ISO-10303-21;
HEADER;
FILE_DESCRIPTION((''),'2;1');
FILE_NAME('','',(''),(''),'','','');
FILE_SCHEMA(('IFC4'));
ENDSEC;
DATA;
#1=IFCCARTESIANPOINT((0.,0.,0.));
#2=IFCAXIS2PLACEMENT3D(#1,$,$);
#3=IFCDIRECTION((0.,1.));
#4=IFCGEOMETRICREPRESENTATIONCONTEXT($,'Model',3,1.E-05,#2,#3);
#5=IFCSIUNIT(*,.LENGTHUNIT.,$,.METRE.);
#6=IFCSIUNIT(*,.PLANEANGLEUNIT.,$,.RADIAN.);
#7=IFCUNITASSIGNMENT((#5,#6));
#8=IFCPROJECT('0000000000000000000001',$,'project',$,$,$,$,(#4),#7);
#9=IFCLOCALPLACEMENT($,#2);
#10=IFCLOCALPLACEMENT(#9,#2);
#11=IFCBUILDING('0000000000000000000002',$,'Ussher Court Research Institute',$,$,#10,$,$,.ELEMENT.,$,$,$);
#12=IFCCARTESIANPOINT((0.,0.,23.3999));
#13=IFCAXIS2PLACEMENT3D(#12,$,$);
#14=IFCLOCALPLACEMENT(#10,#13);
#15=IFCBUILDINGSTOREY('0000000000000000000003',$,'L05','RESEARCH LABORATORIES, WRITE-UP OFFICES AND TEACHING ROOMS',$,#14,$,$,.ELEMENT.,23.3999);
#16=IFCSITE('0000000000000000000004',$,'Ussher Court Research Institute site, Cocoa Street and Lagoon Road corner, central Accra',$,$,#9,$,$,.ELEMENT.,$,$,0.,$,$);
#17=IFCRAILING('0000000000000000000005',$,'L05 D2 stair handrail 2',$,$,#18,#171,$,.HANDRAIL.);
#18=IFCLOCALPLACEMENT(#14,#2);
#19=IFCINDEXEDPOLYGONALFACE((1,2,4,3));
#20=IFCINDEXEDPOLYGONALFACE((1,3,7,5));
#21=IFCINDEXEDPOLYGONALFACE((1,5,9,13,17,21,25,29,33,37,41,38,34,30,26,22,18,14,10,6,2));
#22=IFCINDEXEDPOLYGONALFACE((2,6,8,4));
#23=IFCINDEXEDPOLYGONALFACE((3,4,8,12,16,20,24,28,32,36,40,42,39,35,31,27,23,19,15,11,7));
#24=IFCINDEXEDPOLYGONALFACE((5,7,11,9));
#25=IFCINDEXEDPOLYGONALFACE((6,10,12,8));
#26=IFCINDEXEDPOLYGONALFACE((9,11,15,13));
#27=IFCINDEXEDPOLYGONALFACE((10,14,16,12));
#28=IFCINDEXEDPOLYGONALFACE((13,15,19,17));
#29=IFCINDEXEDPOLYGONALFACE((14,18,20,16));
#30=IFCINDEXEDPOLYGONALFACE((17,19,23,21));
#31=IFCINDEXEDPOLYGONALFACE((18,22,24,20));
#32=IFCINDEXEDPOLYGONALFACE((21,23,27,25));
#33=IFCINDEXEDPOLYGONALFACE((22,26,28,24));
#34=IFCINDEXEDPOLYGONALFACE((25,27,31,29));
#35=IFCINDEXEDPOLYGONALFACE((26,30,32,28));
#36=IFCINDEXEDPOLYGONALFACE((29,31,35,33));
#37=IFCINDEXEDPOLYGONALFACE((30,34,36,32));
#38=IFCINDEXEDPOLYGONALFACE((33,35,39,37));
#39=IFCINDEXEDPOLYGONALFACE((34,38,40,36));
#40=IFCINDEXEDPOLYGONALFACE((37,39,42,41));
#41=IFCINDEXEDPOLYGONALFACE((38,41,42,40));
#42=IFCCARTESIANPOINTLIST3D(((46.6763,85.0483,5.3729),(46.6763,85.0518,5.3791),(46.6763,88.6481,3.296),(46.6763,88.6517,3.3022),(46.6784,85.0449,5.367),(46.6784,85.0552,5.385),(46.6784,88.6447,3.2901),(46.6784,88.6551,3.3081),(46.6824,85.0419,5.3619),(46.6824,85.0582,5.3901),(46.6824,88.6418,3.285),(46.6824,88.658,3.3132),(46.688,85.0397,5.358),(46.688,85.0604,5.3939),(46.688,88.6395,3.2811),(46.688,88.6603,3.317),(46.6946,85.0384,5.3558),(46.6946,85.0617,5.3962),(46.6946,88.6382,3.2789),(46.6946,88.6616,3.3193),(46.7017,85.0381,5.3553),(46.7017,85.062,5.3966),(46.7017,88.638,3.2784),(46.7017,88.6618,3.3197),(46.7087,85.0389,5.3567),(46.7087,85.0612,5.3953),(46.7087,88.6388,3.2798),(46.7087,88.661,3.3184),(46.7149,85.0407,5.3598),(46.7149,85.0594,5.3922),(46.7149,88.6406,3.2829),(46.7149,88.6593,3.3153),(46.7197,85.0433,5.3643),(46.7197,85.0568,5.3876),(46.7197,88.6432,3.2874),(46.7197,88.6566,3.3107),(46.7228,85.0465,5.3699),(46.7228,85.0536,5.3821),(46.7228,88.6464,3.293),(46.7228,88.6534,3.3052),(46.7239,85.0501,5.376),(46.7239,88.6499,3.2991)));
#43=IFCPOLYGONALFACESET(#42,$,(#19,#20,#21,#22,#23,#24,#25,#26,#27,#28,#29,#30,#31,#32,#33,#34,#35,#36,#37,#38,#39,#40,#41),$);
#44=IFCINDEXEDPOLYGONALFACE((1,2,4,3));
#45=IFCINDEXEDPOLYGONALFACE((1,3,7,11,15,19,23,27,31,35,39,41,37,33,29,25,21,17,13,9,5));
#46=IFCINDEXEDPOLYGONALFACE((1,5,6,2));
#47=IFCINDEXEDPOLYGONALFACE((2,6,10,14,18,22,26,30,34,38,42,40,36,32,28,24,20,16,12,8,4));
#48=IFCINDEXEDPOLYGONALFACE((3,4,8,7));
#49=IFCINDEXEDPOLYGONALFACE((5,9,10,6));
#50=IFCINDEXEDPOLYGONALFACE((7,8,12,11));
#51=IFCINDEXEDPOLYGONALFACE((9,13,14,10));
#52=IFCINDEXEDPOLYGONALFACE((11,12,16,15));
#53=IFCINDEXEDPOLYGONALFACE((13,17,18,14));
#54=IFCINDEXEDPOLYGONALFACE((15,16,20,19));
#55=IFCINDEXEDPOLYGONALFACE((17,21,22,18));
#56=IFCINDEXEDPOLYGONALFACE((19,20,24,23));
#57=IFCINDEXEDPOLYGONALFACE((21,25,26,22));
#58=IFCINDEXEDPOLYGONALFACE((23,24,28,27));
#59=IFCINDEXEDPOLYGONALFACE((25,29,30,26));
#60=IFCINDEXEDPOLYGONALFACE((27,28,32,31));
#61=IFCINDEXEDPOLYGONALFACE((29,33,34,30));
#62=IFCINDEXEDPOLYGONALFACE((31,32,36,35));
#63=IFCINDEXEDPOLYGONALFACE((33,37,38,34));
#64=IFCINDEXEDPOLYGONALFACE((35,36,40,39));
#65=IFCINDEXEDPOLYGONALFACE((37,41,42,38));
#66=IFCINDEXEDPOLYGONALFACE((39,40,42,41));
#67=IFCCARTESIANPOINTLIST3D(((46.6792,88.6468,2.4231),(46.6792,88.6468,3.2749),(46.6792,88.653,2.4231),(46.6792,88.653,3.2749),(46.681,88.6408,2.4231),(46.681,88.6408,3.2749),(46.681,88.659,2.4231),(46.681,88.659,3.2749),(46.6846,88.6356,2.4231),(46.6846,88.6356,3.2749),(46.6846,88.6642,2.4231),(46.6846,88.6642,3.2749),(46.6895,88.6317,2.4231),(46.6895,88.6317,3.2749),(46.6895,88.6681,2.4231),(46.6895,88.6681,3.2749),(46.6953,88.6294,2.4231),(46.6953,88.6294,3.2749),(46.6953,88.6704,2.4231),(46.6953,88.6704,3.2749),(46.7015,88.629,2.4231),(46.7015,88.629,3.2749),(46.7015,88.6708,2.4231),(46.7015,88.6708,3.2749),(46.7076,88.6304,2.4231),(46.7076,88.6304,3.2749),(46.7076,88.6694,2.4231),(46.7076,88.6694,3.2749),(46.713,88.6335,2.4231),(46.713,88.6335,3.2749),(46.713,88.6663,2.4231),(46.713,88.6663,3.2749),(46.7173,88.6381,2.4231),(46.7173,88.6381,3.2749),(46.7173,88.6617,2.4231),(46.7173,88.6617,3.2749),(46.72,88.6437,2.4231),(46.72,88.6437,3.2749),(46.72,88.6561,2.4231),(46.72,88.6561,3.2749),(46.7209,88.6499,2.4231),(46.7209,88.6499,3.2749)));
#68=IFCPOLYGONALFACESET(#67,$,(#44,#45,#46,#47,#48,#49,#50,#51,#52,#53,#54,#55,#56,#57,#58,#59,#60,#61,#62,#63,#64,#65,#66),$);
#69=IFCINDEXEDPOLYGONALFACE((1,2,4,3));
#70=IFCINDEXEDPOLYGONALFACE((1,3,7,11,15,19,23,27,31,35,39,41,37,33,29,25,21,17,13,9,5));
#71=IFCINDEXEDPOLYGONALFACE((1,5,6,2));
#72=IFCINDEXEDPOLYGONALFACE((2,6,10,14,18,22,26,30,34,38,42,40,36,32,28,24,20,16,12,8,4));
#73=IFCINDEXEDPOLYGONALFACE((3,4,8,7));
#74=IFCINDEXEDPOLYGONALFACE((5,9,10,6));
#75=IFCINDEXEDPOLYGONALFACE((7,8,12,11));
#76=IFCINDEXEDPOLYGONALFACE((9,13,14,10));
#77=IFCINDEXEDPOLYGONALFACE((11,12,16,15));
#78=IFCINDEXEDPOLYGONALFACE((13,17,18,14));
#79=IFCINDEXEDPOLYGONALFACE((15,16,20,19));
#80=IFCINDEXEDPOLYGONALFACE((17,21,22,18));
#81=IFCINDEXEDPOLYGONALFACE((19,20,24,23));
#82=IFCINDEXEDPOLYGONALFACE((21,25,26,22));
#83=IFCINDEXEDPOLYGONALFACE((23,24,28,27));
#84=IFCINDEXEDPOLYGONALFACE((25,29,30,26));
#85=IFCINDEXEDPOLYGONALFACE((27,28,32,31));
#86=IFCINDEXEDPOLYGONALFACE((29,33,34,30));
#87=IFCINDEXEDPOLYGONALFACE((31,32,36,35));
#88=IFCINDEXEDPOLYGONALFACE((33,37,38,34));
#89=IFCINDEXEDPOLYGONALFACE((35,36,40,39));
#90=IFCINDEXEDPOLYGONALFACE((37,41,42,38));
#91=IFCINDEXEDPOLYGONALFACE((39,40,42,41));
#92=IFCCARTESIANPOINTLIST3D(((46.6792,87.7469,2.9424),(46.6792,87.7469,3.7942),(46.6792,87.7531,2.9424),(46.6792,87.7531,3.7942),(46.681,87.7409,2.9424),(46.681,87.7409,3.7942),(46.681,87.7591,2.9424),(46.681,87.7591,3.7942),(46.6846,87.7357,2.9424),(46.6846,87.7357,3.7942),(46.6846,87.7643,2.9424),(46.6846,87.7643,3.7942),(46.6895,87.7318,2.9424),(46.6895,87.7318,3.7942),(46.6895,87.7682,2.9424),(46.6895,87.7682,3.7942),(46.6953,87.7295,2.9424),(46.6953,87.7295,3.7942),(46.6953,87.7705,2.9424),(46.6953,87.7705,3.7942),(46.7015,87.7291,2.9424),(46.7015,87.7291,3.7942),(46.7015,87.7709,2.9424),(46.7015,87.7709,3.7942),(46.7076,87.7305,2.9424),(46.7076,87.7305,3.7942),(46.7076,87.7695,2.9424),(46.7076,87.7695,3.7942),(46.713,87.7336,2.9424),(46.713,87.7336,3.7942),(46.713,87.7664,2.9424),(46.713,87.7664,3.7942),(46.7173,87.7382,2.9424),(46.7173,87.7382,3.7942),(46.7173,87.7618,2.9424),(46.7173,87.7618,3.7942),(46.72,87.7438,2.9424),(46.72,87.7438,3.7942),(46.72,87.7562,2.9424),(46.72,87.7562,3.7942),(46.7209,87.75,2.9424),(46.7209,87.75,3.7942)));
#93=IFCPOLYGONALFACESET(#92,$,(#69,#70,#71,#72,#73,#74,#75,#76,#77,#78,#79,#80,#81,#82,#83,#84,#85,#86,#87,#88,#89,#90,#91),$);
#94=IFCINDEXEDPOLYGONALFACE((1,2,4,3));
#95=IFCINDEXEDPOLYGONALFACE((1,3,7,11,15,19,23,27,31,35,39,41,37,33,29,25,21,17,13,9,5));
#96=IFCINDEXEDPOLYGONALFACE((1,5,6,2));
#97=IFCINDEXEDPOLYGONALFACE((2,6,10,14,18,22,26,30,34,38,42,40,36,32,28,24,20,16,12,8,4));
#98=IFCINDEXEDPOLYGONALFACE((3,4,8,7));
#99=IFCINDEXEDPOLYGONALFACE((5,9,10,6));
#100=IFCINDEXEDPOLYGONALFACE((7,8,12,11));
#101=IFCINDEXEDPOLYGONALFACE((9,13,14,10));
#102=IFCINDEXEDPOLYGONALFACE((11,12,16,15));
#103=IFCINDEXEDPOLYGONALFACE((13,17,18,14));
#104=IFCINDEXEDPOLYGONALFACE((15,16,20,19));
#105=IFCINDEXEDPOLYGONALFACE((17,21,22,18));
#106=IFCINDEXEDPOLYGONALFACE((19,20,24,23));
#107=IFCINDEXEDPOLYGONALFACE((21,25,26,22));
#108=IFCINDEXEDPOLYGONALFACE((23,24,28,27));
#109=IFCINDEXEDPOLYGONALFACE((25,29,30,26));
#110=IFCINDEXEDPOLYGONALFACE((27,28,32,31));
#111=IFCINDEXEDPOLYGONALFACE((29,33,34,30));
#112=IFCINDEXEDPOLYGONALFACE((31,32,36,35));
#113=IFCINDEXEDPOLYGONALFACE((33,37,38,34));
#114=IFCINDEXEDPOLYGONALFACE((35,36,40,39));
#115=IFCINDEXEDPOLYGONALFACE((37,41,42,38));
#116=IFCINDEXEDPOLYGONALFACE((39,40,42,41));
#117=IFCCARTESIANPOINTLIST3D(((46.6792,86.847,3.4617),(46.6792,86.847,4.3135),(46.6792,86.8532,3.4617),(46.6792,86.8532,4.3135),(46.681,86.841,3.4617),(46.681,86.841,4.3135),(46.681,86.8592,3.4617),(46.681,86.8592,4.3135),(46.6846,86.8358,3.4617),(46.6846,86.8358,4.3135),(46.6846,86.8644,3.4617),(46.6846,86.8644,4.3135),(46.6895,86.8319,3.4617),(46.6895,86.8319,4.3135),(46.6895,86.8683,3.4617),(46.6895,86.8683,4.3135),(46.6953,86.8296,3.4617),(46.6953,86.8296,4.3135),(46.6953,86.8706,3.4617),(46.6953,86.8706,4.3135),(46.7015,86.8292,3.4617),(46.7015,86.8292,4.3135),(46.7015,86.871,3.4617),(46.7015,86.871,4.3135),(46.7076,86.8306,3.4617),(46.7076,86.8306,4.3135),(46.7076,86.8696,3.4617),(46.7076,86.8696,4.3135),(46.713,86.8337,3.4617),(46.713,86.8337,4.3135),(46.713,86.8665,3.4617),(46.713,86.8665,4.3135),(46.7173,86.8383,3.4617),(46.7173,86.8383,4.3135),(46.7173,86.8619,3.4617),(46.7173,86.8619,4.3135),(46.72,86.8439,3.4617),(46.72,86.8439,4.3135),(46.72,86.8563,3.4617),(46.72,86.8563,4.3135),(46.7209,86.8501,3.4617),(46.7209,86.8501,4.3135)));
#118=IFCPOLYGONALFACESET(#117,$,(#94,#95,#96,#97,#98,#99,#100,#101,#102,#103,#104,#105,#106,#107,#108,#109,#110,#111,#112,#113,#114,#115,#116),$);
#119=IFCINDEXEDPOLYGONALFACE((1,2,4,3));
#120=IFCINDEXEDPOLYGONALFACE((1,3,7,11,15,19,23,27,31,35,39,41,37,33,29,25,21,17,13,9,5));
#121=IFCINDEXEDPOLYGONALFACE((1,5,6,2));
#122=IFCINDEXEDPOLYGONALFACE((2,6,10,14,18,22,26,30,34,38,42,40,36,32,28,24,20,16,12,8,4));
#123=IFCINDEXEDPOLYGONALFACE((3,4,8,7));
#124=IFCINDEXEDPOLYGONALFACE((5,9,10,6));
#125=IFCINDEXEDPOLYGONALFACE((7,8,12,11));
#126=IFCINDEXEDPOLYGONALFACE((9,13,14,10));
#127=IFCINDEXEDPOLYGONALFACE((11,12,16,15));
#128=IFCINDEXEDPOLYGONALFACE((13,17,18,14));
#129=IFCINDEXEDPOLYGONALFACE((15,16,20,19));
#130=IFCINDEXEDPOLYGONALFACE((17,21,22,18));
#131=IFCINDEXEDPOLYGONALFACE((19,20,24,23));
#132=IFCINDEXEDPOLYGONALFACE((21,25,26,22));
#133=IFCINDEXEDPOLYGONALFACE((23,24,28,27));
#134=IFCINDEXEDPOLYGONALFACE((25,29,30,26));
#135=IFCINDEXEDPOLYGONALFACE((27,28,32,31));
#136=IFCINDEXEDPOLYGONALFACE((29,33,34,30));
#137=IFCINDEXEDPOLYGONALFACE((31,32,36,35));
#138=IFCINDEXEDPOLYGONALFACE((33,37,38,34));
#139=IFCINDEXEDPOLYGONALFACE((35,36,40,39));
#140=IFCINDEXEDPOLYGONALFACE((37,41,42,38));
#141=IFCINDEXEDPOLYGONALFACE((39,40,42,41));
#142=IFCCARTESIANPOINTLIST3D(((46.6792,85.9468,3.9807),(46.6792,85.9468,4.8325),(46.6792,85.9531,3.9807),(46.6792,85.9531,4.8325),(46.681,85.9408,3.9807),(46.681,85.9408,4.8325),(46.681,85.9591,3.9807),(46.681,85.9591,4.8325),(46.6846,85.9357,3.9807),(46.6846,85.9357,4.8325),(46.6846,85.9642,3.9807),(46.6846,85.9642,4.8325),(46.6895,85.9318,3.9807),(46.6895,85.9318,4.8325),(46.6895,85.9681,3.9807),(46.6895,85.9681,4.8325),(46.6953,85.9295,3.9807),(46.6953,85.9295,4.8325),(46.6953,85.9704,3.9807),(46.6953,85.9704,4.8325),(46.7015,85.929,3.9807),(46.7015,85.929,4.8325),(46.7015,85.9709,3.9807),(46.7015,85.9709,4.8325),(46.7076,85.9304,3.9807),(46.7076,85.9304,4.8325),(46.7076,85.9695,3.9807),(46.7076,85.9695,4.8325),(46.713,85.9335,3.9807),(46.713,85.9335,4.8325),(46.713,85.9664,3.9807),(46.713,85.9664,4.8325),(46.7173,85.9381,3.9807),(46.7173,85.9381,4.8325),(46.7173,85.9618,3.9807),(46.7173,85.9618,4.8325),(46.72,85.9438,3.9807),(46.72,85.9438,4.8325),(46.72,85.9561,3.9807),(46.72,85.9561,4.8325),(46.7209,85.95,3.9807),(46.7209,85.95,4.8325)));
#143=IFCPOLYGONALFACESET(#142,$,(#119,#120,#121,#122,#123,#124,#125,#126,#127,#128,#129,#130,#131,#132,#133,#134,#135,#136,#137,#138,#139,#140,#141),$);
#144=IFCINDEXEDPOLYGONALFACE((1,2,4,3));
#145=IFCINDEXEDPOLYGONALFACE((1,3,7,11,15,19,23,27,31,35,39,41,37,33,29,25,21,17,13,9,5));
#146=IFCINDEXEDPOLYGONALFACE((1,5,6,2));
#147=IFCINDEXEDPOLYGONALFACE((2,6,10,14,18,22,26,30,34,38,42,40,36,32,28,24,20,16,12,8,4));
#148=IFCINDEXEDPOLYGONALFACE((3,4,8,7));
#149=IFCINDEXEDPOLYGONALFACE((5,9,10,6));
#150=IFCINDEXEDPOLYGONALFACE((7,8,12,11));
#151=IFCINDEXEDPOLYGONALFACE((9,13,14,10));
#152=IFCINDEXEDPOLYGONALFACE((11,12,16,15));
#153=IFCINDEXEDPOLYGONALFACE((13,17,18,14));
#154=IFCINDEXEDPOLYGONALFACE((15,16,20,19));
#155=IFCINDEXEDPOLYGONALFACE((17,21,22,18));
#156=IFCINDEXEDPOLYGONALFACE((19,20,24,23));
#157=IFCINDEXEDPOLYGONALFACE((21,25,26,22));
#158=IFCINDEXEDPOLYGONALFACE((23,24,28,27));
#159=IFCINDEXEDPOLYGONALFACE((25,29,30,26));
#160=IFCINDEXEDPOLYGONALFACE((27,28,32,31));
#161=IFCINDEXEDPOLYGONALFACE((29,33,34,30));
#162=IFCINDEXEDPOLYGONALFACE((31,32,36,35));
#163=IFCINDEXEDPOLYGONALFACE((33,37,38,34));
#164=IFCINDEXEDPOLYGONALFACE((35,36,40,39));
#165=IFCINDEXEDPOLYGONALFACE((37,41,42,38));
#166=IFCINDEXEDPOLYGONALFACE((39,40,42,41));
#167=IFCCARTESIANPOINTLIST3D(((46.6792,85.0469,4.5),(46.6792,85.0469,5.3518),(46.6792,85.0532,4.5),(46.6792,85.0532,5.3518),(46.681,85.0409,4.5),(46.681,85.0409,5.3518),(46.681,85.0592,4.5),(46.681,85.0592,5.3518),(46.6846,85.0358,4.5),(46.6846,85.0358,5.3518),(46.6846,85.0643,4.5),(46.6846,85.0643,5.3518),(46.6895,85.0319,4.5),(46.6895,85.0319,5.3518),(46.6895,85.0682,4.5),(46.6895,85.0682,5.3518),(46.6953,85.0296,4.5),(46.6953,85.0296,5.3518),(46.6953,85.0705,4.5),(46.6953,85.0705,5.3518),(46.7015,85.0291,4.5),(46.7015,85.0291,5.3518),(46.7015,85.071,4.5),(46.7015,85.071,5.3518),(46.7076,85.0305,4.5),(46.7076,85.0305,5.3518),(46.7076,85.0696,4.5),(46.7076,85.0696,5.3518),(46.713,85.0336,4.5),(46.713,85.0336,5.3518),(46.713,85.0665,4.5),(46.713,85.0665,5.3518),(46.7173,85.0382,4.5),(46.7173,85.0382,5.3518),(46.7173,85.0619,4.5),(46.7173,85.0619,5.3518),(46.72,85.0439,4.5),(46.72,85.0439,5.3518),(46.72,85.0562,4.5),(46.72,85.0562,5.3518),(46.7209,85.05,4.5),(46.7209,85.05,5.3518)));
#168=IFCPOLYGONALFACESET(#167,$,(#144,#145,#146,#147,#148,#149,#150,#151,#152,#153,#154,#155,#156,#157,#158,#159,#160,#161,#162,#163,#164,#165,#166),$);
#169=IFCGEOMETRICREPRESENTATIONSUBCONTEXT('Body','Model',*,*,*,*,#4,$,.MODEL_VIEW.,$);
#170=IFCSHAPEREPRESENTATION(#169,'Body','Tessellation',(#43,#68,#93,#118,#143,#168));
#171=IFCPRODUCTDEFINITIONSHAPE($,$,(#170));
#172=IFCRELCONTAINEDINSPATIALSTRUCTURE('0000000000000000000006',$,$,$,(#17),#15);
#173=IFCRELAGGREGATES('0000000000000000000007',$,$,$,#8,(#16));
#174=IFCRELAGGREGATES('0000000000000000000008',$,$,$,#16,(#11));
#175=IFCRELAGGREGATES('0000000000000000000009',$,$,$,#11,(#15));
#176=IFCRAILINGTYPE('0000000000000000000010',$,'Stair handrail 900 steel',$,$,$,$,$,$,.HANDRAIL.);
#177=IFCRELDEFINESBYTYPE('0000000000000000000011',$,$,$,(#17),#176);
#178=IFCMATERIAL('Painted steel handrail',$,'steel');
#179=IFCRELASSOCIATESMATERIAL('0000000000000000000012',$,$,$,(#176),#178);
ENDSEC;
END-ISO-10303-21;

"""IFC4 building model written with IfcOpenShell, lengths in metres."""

from ifc_helpers import new_model, si_unit, direction, frame, origin, origin_2d, place, context, subcontext, project, spatial, circle, extrude, material, type_object, element, save


model = new_model("IFC4")

# Units and contexts
model_context = context("Model", 3, precision=1e-05, world=origin(), true_north=direction((0.0, 1.0)))
body_context = subcontext(model_context, "Body", "Model", "MODEL_VIEW")
ifc_project = project(units=[si_unit("LENGTHUNIT", "METRE"), si_unit("PLANEANGLEUNIT", "RADIAN")], contexts=[model_context])

# Site, building, storey
site_placement = place(None, origin())
site = spatial("IfcSite", under=ifc_project, at=site_placement, Name="Ussher Court Research Institute site, Cocoa Street and Lagoon Road corner, central Accra", CompositionType="ELEMENT", RefElevation=0.0)
building_placement = place(site_placement, origin())
building = spatial("IfcBuilding", under=site, at=building_placement, Name="Ussher Court Research Institute", CompositionType="ELEMENT")
storey_placement = place(building_placement, frame((0.0, 0.0, 23.3999)))
storey = spatial("IfcBuildingStorey", under=building, at=storey_placement, Name="L05", Description="RESEARCH LABORATORIES, WRITE-UP OFFICES AND TEACHING ROOMS", CompositionType="ELEMENT", Elevation=23.3999)

# Railing
ifc_material_1 = material(Name="Painted steel handrail", Category="steel")
railing_type_1 = type_object("IfcRailingType", Name="Stair handrail 900 steel", PredefinedType="HANDRAIL", material=ifc_material_1)
railing_1_placement = place(storey_placement, frame((46.7, 88.6499, 2.4231)))
element("IfcRailing", 1, at=railing_1_placement, inside=storey, type_object=railing_type_1, Name="L05 D2 stair handrail 2", PredefinedType="HANDRAIL", context=body_context, shape_type="SweptSolid", body=[
    extrude(circle(Radius=0.0239, at=origin_2d()), frame((0.0, 0.0, 0.876), z_axis=(0.0, -0.866179, 0.499734), x_axis=(1.0, 0.0, 0.0)), (0.0, 0.0, 1.0), 4.156),
    extrude(circle(Radius=0.021, at=origin_2d()), origin(), (0.0, 0.0, 1.0), 0.8518),
    extrude(circle(Radius=0.021, at=origin_2d()), frame((0.0, -0.8999, 0.5193)), (0.0, 0.0, 1.0), 0.8518),
    extrude(circle(Radius=0.021, at=origin_2d()), frame((0.0, -1.7998, 1.0386)), (0.0, 0.0, 1.0), 0.8518),
    extrude(circle(Radius=0.021, at=origin_2d()), frame((0.0, -2.7, 1.5576)), (0.0, 0.0, 1.0), 0.8518),
    extrude(circle(Radius=0.021, at=origin_2d()), frame((0.0, -3.5999, 2.0769)), (0.0, 0.0, 1.0), 0.8518),
])

save(model, "model.ifc")
